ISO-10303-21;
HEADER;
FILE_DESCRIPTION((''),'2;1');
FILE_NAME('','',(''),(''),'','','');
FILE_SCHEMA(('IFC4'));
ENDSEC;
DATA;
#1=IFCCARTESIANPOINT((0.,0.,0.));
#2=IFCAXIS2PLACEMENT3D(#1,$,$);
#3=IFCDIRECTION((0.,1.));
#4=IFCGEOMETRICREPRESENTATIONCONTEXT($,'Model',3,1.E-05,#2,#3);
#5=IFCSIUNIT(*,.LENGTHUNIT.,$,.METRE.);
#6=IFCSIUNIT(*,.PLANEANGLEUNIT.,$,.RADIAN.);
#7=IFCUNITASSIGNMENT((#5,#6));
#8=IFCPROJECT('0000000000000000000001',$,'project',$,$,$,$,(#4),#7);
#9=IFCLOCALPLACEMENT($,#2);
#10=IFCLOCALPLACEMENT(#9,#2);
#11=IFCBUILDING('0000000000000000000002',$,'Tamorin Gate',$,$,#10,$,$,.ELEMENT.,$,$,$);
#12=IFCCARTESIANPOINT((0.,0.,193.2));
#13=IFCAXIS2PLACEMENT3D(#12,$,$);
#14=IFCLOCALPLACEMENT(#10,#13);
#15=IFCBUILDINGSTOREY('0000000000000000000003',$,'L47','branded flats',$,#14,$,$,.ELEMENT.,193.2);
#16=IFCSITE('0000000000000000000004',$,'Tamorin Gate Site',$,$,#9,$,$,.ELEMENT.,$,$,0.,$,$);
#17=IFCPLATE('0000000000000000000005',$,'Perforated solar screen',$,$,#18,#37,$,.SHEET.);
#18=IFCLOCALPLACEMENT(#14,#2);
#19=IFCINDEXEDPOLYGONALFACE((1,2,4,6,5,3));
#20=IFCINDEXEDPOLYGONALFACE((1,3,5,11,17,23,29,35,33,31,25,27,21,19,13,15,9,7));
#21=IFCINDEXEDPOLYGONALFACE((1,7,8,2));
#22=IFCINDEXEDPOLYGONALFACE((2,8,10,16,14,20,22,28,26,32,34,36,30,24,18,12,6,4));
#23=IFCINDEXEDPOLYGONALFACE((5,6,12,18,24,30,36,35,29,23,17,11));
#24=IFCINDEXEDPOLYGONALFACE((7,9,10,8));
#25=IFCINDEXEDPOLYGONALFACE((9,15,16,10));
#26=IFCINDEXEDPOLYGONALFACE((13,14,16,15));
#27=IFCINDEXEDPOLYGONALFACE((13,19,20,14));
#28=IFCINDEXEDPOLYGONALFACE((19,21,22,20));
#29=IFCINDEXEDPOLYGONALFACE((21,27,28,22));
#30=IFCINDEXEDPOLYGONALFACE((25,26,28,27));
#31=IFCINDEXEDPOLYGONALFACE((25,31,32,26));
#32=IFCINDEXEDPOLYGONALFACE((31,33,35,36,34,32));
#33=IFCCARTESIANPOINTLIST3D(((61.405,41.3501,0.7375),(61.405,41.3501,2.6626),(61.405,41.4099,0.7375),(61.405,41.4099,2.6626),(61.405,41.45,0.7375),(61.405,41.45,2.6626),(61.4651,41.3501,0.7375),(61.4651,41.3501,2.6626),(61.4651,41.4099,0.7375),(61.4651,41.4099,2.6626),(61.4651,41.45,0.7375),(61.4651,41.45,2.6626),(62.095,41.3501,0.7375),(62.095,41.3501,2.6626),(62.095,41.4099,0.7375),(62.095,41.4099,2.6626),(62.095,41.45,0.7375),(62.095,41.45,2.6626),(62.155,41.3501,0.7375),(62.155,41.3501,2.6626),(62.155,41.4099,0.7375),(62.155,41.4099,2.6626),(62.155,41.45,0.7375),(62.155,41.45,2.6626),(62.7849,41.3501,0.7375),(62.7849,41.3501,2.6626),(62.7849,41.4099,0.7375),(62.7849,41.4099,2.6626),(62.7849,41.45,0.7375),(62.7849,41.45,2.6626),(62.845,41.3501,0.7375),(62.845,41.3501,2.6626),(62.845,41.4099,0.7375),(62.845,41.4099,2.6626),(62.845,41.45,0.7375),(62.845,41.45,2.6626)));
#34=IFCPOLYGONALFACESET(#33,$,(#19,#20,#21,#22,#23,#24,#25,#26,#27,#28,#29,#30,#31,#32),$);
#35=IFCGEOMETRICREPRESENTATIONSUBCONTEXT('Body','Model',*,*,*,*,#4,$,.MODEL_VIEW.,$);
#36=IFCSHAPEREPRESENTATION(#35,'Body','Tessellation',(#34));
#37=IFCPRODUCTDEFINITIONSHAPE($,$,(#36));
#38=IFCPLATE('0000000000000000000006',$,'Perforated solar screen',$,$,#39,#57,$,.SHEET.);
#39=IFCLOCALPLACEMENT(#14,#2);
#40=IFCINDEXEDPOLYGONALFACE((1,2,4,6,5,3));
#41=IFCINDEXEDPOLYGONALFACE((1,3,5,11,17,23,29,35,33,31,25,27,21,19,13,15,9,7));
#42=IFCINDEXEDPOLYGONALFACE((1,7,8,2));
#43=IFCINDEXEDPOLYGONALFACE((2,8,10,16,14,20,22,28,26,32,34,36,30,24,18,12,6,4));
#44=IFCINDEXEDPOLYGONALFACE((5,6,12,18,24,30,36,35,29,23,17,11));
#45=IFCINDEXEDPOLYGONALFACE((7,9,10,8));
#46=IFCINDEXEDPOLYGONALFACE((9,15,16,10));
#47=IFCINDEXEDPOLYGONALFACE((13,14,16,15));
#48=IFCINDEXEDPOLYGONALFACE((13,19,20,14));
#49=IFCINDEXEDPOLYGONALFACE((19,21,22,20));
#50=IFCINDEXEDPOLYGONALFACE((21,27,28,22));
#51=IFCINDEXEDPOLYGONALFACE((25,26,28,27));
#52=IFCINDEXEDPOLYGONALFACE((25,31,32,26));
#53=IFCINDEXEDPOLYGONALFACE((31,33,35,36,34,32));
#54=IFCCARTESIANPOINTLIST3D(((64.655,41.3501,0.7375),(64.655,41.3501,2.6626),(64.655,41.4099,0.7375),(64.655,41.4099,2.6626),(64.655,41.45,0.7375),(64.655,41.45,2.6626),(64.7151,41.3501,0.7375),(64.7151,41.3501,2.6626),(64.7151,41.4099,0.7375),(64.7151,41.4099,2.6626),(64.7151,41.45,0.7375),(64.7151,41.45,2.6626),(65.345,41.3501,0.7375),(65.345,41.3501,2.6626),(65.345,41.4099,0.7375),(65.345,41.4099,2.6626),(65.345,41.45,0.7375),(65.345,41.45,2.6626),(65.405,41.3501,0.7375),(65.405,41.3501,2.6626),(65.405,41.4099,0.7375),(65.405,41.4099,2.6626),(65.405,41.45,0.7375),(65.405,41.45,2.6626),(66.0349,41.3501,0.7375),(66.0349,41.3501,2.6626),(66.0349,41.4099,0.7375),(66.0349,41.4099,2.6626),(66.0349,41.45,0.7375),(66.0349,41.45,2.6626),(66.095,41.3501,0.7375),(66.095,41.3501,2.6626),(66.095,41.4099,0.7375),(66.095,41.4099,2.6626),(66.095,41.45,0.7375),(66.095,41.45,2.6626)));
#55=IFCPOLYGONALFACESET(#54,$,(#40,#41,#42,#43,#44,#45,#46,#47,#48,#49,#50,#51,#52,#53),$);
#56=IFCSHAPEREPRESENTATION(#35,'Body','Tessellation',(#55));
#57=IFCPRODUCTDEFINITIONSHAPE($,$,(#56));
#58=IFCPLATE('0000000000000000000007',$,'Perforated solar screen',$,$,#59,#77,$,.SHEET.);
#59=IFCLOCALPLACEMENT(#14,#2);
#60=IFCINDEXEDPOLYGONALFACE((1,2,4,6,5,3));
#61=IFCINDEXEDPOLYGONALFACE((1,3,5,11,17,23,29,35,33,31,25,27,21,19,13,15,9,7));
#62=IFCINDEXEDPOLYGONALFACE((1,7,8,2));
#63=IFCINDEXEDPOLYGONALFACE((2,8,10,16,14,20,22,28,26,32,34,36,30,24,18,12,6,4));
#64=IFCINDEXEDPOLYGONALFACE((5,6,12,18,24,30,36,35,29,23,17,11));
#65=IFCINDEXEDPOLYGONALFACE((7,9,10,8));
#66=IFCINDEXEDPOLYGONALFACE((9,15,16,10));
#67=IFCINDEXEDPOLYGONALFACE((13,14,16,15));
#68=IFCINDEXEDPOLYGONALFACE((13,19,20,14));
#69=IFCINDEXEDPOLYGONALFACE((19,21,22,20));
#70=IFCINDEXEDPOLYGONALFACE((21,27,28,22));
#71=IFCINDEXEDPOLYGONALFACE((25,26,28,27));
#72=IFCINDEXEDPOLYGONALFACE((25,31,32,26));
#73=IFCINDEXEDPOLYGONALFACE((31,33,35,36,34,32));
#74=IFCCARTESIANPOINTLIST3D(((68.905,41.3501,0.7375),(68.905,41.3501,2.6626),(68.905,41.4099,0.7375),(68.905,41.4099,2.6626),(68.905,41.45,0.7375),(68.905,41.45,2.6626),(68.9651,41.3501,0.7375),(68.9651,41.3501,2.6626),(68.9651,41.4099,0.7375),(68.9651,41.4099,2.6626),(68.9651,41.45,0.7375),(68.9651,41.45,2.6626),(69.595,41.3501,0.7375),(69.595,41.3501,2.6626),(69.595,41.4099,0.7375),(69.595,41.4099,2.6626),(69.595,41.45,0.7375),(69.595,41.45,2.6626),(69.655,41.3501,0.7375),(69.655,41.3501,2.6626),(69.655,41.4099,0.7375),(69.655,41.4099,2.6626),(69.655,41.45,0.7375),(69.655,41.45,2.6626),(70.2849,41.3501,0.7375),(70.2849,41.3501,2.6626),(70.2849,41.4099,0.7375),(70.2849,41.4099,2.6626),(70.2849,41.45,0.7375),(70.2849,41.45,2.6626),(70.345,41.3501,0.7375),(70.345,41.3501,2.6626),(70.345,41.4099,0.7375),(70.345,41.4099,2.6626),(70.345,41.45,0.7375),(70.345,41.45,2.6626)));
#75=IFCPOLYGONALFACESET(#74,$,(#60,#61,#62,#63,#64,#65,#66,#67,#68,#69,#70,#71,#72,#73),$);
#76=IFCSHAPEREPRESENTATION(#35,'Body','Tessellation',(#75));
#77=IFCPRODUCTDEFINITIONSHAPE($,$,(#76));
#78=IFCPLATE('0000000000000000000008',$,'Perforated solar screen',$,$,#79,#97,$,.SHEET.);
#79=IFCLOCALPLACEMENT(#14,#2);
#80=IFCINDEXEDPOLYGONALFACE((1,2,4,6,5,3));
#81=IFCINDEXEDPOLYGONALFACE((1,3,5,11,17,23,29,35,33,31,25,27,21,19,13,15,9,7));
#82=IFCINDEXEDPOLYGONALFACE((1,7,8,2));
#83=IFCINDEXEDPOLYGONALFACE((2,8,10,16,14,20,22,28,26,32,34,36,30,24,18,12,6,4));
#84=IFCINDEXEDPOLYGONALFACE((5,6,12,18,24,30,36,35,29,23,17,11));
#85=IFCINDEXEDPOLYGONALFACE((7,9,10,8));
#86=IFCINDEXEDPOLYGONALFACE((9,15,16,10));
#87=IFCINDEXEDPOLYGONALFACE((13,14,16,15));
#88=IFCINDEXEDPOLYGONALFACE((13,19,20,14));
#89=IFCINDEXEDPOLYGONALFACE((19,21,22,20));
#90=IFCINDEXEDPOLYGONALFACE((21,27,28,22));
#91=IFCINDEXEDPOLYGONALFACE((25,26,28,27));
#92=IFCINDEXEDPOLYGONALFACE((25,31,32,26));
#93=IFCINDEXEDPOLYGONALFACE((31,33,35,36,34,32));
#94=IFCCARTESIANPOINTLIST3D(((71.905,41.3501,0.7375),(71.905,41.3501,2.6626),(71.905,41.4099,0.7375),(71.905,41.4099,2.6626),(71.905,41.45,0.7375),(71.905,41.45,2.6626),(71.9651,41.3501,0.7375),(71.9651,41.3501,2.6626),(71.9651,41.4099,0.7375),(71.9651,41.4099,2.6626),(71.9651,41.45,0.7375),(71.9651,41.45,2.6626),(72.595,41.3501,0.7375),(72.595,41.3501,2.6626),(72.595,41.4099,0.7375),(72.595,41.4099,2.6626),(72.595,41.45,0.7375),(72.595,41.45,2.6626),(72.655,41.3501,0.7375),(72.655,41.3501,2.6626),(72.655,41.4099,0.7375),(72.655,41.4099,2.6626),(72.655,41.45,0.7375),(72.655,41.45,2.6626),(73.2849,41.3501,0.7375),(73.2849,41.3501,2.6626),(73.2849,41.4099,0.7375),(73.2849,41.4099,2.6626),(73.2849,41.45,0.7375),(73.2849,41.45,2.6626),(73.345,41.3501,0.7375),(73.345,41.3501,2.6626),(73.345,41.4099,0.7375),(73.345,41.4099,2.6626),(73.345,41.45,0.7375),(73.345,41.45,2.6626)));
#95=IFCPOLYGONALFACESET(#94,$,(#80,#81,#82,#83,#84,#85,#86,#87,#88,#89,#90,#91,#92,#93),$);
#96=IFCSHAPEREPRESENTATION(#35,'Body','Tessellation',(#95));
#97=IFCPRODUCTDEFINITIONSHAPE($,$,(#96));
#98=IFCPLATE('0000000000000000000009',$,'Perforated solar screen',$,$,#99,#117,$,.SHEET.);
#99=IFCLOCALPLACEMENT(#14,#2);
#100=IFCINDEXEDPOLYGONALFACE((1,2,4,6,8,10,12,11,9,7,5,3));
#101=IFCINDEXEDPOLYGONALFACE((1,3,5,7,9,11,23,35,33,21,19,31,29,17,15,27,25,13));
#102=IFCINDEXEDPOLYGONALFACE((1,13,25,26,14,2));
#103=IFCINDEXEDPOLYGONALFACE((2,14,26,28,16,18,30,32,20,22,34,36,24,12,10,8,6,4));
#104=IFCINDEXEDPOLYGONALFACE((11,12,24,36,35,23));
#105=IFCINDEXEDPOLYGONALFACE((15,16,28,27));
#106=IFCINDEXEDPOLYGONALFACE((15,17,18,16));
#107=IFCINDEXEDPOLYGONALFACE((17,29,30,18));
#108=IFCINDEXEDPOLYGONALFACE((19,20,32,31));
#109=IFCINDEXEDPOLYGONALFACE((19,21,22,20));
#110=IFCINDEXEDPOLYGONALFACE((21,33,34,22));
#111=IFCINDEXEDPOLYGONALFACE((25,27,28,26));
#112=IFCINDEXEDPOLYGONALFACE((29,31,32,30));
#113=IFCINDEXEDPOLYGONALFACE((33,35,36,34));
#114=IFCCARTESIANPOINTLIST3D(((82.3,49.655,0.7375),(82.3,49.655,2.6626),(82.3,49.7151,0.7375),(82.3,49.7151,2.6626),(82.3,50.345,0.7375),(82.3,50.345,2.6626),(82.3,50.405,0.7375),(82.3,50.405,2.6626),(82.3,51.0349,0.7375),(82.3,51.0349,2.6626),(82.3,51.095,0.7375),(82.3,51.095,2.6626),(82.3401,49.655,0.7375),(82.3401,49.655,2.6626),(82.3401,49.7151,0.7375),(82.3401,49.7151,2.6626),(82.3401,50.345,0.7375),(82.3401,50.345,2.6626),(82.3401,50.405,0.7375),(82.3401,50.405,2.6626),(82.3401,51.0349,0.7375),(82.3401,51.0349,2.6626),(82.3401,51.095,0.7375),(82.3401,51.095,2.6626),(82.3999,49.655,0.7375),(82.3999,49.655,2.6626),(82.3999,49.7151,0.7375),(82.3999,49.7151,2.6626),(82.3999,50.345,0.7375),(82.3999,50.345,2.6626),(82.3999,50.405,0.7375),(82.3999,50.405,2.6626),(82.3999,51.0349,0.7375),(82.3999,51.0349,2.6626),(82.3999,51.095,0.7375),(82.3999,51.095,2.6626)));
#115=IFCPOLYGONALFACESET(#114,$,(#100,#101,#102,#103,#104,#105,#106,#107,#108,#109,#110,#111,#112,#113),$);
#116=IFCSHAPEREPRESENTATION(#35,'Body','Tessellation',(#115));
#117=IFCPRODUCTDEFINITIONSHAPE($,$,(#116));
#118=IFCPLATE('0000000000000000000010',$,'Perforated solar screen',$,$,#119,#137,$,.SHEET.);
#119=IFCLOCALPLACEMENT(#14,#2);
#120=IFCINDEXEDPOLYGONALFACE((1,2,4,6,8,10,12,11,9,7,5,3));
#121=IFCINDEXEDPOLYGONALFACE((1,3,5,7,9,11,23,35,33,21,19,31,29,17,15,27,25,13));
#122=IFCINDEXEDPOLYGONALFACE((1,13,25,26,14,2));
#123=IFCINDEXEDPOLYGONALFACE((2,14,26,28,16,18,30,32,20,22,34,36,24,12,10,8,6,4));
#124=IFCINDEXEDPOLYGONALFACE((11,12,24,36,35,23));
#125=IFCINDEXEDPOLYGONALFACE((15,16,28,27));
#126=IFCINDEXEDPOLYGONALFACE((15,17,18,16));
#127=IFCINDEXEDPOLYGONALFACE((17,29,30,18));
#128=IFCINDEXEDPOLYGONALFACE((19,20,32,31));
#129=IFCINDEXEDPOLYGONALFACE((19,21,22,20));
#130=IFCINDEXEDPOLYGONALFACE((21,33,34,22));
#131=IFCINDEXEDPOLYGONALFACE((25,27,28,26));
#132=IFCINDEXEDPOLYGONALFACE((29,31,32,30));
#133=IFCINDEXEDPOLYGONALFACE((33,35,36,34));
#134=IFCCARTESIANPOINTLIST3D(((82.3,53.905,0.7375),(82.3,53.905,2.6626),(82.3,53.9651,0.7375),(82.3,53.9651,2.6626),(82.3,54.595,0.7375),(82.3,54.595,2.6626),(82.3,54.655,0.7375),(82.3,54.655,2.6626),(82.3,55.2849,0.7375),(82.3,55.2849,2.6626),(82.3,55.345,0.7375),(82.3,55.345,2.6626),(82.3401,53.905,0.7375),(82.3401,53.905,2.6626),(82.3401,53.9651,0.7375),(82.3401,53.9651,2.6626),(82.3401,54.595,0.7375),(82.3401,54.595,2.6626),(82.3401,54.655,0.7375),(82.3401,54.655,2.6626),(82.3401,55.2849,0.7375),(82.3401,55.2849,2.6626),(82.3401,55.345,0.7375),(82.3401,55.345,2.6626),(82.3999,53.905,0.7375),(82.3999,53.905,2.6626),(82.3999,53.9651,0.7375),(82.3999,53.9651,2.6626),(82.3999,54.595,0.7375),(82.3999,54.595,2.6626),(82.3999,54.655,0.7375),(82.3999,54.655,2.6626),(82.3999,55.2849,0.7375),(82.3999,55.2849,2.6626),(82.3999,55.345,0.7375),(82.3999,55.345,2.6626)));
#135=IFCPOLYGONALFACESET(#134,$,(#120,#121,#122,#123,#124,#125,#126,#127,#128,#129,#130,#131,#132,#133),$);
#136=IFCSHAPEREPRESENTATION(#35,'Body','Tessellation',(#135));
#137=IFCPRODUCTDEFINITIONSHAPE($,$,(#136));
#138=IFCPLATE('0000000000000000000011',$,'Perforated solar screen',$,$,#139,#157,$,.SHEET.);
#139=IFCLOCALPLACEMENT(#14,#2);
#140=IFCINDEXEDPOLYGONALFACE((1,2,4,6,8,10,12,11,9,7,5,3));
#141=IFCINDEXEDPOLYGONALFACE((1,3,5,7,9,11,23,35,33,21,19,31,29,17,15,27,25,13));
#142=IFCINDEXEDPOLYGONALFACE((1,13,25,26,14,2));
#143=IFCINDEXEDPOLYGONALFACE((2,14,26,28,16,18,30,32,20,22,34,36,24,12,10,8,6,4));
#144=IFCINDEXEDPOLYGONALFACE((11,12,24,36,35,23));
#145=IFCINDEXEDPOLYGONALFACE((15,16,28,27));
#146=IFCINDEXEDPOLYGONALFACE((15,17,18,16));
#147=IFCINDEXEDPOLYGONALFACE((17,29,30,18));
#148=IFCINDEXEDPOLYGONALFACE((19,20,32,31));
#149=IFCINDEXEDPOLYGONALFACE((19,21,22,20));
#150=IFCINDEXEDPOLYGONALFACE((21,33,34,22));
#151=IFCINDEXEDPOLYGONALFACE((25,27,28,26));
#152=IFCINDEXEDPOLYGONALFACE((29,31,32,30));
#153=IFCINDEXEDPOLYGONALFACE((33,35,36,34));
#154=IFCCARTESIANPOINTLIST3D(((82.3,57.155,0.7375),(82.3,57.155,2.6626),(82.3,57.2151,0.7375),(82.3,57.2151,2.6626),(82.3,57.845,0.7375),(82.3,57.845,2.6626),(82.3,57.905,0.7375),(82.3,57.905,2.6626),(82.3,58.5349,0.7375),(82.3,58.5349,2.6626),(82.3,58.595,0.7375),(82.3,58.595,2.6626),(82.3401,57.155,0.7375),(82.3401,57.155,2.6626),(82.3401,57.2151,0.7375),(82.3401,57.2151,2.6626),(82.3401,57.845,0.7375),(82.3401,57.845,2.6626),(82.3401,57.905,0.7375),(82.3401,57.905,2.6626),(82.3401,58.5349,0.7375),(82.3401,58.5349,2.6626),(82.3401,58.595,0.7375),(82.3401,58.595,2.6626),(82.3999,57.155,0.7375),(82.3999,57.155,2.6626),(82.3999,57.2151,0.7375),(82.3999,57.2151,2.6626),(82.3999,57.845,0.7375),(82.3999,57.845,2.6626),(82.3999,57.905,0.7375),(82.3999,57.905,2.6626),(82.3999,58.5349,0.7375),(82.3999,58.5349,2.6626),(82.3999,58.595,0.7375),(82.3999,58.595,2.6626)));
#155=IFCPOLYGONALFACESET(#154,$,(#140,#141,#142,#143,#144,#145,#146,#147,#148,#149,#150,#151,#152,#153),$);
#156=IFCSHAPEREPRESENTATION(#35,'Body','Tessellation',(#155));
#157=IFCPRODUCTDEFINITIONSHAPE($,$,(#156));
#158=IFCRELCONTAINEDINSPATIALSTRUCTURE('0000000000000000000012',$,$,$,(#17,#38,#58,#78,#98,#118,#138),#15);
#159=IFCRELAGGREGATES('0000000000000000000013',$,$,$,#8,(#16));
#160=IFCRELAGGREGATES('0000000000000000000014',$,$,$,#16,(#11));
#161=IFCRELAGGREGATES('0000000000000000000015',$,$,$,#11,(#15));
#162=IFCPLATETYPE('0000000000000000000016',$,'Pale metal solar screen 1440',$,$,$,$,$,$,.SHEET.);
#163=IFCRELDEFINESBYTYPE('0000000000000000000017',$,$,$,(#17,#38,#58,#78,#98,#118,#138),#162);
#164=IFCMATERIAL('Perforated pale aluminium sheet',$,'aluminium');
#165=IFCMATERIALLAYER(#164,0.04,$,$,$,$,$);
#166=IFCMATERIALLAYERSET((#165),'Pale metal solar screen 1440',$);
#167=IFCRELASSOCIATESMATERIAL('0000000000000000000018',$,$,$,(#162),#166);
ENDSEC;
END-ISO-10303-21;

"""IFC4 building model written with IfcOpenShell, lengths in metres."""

from ifc_helpers import new_model, si_unit, direction, frame, origin, place, context, subcontext, project, spatial, polyline, outline, extrude, material, layer, layer_set, type_object, element, save


model = new_model("IFC4")

# Units and contexts
model_context = context("Model", 3, precision=1e-05, world=origin(), true_north=direction((0.0, 1.0)))
body_context = subcontext(model_context, "Body", "Model", "MODEL_VIEW")
ifc_project = project(units=[si_unit("LENGTHUNIT", "METRE"), si_unit("PLANEANGLEUNIT", "RADIAN")], contexts=[model_context])

# Site, building, storey
site_placement = place(None, origin())
site = spatial("IfcSite", under=ifc_project, at=site_placement, Name="Tamorin Gate Site", CompositionType="ELEMENT", RefElevation=0.0)
building_placement = place(site_placement, origin())
building = spatial("IfcBuilding", under=site, at=building_placement, Name="Tamorin Gate", CompositionType="ELEMENT")
storey_placement = place(building_placement, frame((0.0, 0.0, 193.2)))
storey = spatial("IfcBuildingStorey", under=building, at=storey_placement, Name="L47", Description="branded flats", CompositionType="ELEMENT", Elevation=193.2)

# Plates
ifc_material_1 = material(Name="Perforated pale aluminium sheet", Category="aluminium")
ifc_layer_1 = layer(ifc_material_1, 0.04)
ifc_layer_set_1 = layer_set([ifc_layer_1], Name="Pale metal solar screen 1440")
plate_type_1 = type_object("IfcPlateType", Name="Pale metal solar screen 1440", PredefinedType="SHEET", material=ifc_layer_set_1)
plate_1_placement = place(storey_placement, frame((0.0, 0.0, 0.7375)))
element("IfcPlate", 1, at=plate_1_placement, inside=storey, type_object=plate_type_1, Name="Perforated solar screen", PredefinedType="SHEET", context=body_context, shape_type="SweptSolid", body=[
    extrude(outline(polyline([(61.405, 41.4099), (61.405, 41.45), (61.4651, 41.45), (62.095, 41.45), (62.155, 41.45), (62.7849, 41.45), (62.845, 41.45), (62.845, 41.4099), (62.845, 41.3501), (62.7849, 41.3501), (62.7849, 41.4099), (62.155, 41.4099), (62.155, 41.3501), (62.095, 41.3501), (62.095, 41.4099), (61.4651, 41.4099), (61.4651, 41.3501), (61.405, 41.3501), (61.405, 41.4099)])), origin(), (0.0, 0.0, 1.0), 1.925),
])
plate_2_placement = place(storey_placement, frame((0.0, 0.0, 0.7375)))
element("IfcPlate", 2, at=plate_2_placement, inside=storey, type_object=plate_type_1, Name="Perforated solar screen", PredefinedType="SHEET", context=body_context, shape_type="SweptSolid", body=[
    extrude(outline(polyline([(64.655, 41.4099), (64.655, 41.45), (64.7151, 41.45), (65.345, 41.45), (65.405, 41.45), (66.0349, 41.45), (66.095, 41.45), (66.095, 41.4099), (66.095, 41.3501), (66.0349, 41.3501), (66.0349, 41.4099), (65.405, 41.4099), (65.405, 41.3501), (65.345, 41.3501), (65.345, 41.4099), (64.7151, 41.4099), (64.7151, 41.3501), (64.655, 41.3501), (64.655, 41.4099)])), origin(), (0.0, 0.0, 1.0), 1.925),
])
plate_3_placement = place(storey_placement, frame((0.0, 0.0, 0.7375)))
element("IfcPlate", 3, at=plate_3_placement, inside=storey, type_object=plate_type_1, Name="Perforated solar screen", PredefinedType="SHEET", context=body_context, shape_type="SweptSolid", body=[
    extrude(outline(polyline([(68.905, 41.4099), (68.905, 41.45), (68.9651, 41.45), (69.595, 41.45), (69.655, 41.45), (70.2849, 41.45), (70.345, 41.45), (70.345, 41.4099), (70.345, 41.3501), (70.2849, 41.3501), (70.2849, 41.4099), (69.655, 41.4099), (69.655, 41.3501), (69.595, 41.3501), (69.595, 41.4099), (68.9651, 41.4099), (68.9651, 41.3501), (68.905, 41.3501), (68.905, 41.4099)])), origin(), (0.0, 0.0, 1.0), 1.925),
])
plate_4_placement = place(storey_placement, frame((0.0, 0.0, 0.7375)))
element("IfcPlate", 4, at=plate_4_placement, inside=storey, type_object=plate_type_1, Name="Perforated solar screen", PredefinedType="SHEET", context=body_context, shape_type="SweptSolid", body=[
    extrude(outline(polyline([(71.905, 41.4099), (71.905, 41.45), (71.9651, 41.45), (72.595, 41.45), (72.655, 41.45), (73.2849, 41.45), (73.345, 41.45), (73.345, 41.4099), (73.345, 41.3501), (73.2849, 41.3501), (73.2849, 41.4099), (72.655, 41.4099), (72.655, 41.3501), (72.595, 41.3501), (72.595, 41.4099), (71.9651, 41.4099), (71.9651, 41.3501), (71.905, 41.3501), (71.905, 41.4099)])), origin(), (0.0, 0.0, 1.0), 1.925),
])
plate_5_placement = place(storey_placement, frame((0.0, 0.0, 0.7375)))
element("IfcPlate", 5, at=plate_5_placement, inside=storey, type_object=plate_type_1, Name="Perforated solar screen", PredefinedType="SHEET", context=body_context, shape_type="SweptSolid", body=[
    extrude(outline(polyline([(82.3401, 49.655), (82.3, 49.655), (82.3, 49.7151), (82.3, 50.345), (82.3, 50.405), (82.3, 51.0349), (82.3, 51.095), (82.3, 51.095), (82.3401, 51.095), (82.3401, 51.095), (82.3999, 51.095), (82.3999, 51.0349), (82.3401, 51.0349), (82.3401, 50.405), (82.3999, 50.405), (82.3999, 50.345), (82.3401, 50.345), (82.3401, 49.7151), (82.3999, 49.7151), (82.3999, 49.655), (82.3401, 49.655)])), origin(), (0.0, 0.0, 1.0), 1.925),
])
plate_6_placement = place(storey_placement, frame((0.0, 0.0, 0.7375)))
element("IfcPlate", 6, at=plate_6_placement, inside=storey, type_object=plate_type_1, Name="Perforated solar screen", PredefinedType="SHEET", context=body_context, shape_type="SweptSolid", body=[
    extrude(outline(polyline([(82.3401, 53.905), (82.3, 53.905), (82.3, 53.9651), (82.3, 54.595), (82.3, 54.655), (82.3, 55.2849), (82.3, 55.345), (82.3401, 55.345), (82.3999, 55.345), (82.3999, 55.2849), (82.3401, 55.2849), (82.3401, 54.655), (82.3999, 54.655), (82.3999, 54.595), (82.3401, 54.595), (82.3401, 53.9651), (82.3999, 53.9651), (82.3999, 53.905), (82.3401, 53.905)])), origin(), (0.0, 0.0, 1.0), 1.925),
])
plate_7_placement = place(storey_placement, frame((0.0, 0.0, 0.7375)))
element("IfcPlate", 7, at=plate_7_placement, inside=storey, type_object=plate_type_1, Name="Perforated solar screen", PredefinedType="SHEET", context=body_context, shape_type="SweptSolid", body=[
    extrude(outline(polyline([(82.3401, 57.155), (82.3, 57.155), (82.3, 57.2151), (82.3, 57.845), (82.3, 57.905), (82.3, 58.5349), (82.3, 58.595), (82.3401, 58.595), (82.3999, 58.595), (82.3999, 58.5349), (82.3401, 58.5349), (82.3401, 57.905), (82.3999, 57.905), (82.3999, 57.845), (82.3401, 57.845), (82.3401, 57.2151), (82.3999, 57.2151), (82.3999, 57.155), (82.3401, 57.155)])), origin(), (0.0, 0.0, 1.0), 1.925),
])

save(model, "model.ifc")
